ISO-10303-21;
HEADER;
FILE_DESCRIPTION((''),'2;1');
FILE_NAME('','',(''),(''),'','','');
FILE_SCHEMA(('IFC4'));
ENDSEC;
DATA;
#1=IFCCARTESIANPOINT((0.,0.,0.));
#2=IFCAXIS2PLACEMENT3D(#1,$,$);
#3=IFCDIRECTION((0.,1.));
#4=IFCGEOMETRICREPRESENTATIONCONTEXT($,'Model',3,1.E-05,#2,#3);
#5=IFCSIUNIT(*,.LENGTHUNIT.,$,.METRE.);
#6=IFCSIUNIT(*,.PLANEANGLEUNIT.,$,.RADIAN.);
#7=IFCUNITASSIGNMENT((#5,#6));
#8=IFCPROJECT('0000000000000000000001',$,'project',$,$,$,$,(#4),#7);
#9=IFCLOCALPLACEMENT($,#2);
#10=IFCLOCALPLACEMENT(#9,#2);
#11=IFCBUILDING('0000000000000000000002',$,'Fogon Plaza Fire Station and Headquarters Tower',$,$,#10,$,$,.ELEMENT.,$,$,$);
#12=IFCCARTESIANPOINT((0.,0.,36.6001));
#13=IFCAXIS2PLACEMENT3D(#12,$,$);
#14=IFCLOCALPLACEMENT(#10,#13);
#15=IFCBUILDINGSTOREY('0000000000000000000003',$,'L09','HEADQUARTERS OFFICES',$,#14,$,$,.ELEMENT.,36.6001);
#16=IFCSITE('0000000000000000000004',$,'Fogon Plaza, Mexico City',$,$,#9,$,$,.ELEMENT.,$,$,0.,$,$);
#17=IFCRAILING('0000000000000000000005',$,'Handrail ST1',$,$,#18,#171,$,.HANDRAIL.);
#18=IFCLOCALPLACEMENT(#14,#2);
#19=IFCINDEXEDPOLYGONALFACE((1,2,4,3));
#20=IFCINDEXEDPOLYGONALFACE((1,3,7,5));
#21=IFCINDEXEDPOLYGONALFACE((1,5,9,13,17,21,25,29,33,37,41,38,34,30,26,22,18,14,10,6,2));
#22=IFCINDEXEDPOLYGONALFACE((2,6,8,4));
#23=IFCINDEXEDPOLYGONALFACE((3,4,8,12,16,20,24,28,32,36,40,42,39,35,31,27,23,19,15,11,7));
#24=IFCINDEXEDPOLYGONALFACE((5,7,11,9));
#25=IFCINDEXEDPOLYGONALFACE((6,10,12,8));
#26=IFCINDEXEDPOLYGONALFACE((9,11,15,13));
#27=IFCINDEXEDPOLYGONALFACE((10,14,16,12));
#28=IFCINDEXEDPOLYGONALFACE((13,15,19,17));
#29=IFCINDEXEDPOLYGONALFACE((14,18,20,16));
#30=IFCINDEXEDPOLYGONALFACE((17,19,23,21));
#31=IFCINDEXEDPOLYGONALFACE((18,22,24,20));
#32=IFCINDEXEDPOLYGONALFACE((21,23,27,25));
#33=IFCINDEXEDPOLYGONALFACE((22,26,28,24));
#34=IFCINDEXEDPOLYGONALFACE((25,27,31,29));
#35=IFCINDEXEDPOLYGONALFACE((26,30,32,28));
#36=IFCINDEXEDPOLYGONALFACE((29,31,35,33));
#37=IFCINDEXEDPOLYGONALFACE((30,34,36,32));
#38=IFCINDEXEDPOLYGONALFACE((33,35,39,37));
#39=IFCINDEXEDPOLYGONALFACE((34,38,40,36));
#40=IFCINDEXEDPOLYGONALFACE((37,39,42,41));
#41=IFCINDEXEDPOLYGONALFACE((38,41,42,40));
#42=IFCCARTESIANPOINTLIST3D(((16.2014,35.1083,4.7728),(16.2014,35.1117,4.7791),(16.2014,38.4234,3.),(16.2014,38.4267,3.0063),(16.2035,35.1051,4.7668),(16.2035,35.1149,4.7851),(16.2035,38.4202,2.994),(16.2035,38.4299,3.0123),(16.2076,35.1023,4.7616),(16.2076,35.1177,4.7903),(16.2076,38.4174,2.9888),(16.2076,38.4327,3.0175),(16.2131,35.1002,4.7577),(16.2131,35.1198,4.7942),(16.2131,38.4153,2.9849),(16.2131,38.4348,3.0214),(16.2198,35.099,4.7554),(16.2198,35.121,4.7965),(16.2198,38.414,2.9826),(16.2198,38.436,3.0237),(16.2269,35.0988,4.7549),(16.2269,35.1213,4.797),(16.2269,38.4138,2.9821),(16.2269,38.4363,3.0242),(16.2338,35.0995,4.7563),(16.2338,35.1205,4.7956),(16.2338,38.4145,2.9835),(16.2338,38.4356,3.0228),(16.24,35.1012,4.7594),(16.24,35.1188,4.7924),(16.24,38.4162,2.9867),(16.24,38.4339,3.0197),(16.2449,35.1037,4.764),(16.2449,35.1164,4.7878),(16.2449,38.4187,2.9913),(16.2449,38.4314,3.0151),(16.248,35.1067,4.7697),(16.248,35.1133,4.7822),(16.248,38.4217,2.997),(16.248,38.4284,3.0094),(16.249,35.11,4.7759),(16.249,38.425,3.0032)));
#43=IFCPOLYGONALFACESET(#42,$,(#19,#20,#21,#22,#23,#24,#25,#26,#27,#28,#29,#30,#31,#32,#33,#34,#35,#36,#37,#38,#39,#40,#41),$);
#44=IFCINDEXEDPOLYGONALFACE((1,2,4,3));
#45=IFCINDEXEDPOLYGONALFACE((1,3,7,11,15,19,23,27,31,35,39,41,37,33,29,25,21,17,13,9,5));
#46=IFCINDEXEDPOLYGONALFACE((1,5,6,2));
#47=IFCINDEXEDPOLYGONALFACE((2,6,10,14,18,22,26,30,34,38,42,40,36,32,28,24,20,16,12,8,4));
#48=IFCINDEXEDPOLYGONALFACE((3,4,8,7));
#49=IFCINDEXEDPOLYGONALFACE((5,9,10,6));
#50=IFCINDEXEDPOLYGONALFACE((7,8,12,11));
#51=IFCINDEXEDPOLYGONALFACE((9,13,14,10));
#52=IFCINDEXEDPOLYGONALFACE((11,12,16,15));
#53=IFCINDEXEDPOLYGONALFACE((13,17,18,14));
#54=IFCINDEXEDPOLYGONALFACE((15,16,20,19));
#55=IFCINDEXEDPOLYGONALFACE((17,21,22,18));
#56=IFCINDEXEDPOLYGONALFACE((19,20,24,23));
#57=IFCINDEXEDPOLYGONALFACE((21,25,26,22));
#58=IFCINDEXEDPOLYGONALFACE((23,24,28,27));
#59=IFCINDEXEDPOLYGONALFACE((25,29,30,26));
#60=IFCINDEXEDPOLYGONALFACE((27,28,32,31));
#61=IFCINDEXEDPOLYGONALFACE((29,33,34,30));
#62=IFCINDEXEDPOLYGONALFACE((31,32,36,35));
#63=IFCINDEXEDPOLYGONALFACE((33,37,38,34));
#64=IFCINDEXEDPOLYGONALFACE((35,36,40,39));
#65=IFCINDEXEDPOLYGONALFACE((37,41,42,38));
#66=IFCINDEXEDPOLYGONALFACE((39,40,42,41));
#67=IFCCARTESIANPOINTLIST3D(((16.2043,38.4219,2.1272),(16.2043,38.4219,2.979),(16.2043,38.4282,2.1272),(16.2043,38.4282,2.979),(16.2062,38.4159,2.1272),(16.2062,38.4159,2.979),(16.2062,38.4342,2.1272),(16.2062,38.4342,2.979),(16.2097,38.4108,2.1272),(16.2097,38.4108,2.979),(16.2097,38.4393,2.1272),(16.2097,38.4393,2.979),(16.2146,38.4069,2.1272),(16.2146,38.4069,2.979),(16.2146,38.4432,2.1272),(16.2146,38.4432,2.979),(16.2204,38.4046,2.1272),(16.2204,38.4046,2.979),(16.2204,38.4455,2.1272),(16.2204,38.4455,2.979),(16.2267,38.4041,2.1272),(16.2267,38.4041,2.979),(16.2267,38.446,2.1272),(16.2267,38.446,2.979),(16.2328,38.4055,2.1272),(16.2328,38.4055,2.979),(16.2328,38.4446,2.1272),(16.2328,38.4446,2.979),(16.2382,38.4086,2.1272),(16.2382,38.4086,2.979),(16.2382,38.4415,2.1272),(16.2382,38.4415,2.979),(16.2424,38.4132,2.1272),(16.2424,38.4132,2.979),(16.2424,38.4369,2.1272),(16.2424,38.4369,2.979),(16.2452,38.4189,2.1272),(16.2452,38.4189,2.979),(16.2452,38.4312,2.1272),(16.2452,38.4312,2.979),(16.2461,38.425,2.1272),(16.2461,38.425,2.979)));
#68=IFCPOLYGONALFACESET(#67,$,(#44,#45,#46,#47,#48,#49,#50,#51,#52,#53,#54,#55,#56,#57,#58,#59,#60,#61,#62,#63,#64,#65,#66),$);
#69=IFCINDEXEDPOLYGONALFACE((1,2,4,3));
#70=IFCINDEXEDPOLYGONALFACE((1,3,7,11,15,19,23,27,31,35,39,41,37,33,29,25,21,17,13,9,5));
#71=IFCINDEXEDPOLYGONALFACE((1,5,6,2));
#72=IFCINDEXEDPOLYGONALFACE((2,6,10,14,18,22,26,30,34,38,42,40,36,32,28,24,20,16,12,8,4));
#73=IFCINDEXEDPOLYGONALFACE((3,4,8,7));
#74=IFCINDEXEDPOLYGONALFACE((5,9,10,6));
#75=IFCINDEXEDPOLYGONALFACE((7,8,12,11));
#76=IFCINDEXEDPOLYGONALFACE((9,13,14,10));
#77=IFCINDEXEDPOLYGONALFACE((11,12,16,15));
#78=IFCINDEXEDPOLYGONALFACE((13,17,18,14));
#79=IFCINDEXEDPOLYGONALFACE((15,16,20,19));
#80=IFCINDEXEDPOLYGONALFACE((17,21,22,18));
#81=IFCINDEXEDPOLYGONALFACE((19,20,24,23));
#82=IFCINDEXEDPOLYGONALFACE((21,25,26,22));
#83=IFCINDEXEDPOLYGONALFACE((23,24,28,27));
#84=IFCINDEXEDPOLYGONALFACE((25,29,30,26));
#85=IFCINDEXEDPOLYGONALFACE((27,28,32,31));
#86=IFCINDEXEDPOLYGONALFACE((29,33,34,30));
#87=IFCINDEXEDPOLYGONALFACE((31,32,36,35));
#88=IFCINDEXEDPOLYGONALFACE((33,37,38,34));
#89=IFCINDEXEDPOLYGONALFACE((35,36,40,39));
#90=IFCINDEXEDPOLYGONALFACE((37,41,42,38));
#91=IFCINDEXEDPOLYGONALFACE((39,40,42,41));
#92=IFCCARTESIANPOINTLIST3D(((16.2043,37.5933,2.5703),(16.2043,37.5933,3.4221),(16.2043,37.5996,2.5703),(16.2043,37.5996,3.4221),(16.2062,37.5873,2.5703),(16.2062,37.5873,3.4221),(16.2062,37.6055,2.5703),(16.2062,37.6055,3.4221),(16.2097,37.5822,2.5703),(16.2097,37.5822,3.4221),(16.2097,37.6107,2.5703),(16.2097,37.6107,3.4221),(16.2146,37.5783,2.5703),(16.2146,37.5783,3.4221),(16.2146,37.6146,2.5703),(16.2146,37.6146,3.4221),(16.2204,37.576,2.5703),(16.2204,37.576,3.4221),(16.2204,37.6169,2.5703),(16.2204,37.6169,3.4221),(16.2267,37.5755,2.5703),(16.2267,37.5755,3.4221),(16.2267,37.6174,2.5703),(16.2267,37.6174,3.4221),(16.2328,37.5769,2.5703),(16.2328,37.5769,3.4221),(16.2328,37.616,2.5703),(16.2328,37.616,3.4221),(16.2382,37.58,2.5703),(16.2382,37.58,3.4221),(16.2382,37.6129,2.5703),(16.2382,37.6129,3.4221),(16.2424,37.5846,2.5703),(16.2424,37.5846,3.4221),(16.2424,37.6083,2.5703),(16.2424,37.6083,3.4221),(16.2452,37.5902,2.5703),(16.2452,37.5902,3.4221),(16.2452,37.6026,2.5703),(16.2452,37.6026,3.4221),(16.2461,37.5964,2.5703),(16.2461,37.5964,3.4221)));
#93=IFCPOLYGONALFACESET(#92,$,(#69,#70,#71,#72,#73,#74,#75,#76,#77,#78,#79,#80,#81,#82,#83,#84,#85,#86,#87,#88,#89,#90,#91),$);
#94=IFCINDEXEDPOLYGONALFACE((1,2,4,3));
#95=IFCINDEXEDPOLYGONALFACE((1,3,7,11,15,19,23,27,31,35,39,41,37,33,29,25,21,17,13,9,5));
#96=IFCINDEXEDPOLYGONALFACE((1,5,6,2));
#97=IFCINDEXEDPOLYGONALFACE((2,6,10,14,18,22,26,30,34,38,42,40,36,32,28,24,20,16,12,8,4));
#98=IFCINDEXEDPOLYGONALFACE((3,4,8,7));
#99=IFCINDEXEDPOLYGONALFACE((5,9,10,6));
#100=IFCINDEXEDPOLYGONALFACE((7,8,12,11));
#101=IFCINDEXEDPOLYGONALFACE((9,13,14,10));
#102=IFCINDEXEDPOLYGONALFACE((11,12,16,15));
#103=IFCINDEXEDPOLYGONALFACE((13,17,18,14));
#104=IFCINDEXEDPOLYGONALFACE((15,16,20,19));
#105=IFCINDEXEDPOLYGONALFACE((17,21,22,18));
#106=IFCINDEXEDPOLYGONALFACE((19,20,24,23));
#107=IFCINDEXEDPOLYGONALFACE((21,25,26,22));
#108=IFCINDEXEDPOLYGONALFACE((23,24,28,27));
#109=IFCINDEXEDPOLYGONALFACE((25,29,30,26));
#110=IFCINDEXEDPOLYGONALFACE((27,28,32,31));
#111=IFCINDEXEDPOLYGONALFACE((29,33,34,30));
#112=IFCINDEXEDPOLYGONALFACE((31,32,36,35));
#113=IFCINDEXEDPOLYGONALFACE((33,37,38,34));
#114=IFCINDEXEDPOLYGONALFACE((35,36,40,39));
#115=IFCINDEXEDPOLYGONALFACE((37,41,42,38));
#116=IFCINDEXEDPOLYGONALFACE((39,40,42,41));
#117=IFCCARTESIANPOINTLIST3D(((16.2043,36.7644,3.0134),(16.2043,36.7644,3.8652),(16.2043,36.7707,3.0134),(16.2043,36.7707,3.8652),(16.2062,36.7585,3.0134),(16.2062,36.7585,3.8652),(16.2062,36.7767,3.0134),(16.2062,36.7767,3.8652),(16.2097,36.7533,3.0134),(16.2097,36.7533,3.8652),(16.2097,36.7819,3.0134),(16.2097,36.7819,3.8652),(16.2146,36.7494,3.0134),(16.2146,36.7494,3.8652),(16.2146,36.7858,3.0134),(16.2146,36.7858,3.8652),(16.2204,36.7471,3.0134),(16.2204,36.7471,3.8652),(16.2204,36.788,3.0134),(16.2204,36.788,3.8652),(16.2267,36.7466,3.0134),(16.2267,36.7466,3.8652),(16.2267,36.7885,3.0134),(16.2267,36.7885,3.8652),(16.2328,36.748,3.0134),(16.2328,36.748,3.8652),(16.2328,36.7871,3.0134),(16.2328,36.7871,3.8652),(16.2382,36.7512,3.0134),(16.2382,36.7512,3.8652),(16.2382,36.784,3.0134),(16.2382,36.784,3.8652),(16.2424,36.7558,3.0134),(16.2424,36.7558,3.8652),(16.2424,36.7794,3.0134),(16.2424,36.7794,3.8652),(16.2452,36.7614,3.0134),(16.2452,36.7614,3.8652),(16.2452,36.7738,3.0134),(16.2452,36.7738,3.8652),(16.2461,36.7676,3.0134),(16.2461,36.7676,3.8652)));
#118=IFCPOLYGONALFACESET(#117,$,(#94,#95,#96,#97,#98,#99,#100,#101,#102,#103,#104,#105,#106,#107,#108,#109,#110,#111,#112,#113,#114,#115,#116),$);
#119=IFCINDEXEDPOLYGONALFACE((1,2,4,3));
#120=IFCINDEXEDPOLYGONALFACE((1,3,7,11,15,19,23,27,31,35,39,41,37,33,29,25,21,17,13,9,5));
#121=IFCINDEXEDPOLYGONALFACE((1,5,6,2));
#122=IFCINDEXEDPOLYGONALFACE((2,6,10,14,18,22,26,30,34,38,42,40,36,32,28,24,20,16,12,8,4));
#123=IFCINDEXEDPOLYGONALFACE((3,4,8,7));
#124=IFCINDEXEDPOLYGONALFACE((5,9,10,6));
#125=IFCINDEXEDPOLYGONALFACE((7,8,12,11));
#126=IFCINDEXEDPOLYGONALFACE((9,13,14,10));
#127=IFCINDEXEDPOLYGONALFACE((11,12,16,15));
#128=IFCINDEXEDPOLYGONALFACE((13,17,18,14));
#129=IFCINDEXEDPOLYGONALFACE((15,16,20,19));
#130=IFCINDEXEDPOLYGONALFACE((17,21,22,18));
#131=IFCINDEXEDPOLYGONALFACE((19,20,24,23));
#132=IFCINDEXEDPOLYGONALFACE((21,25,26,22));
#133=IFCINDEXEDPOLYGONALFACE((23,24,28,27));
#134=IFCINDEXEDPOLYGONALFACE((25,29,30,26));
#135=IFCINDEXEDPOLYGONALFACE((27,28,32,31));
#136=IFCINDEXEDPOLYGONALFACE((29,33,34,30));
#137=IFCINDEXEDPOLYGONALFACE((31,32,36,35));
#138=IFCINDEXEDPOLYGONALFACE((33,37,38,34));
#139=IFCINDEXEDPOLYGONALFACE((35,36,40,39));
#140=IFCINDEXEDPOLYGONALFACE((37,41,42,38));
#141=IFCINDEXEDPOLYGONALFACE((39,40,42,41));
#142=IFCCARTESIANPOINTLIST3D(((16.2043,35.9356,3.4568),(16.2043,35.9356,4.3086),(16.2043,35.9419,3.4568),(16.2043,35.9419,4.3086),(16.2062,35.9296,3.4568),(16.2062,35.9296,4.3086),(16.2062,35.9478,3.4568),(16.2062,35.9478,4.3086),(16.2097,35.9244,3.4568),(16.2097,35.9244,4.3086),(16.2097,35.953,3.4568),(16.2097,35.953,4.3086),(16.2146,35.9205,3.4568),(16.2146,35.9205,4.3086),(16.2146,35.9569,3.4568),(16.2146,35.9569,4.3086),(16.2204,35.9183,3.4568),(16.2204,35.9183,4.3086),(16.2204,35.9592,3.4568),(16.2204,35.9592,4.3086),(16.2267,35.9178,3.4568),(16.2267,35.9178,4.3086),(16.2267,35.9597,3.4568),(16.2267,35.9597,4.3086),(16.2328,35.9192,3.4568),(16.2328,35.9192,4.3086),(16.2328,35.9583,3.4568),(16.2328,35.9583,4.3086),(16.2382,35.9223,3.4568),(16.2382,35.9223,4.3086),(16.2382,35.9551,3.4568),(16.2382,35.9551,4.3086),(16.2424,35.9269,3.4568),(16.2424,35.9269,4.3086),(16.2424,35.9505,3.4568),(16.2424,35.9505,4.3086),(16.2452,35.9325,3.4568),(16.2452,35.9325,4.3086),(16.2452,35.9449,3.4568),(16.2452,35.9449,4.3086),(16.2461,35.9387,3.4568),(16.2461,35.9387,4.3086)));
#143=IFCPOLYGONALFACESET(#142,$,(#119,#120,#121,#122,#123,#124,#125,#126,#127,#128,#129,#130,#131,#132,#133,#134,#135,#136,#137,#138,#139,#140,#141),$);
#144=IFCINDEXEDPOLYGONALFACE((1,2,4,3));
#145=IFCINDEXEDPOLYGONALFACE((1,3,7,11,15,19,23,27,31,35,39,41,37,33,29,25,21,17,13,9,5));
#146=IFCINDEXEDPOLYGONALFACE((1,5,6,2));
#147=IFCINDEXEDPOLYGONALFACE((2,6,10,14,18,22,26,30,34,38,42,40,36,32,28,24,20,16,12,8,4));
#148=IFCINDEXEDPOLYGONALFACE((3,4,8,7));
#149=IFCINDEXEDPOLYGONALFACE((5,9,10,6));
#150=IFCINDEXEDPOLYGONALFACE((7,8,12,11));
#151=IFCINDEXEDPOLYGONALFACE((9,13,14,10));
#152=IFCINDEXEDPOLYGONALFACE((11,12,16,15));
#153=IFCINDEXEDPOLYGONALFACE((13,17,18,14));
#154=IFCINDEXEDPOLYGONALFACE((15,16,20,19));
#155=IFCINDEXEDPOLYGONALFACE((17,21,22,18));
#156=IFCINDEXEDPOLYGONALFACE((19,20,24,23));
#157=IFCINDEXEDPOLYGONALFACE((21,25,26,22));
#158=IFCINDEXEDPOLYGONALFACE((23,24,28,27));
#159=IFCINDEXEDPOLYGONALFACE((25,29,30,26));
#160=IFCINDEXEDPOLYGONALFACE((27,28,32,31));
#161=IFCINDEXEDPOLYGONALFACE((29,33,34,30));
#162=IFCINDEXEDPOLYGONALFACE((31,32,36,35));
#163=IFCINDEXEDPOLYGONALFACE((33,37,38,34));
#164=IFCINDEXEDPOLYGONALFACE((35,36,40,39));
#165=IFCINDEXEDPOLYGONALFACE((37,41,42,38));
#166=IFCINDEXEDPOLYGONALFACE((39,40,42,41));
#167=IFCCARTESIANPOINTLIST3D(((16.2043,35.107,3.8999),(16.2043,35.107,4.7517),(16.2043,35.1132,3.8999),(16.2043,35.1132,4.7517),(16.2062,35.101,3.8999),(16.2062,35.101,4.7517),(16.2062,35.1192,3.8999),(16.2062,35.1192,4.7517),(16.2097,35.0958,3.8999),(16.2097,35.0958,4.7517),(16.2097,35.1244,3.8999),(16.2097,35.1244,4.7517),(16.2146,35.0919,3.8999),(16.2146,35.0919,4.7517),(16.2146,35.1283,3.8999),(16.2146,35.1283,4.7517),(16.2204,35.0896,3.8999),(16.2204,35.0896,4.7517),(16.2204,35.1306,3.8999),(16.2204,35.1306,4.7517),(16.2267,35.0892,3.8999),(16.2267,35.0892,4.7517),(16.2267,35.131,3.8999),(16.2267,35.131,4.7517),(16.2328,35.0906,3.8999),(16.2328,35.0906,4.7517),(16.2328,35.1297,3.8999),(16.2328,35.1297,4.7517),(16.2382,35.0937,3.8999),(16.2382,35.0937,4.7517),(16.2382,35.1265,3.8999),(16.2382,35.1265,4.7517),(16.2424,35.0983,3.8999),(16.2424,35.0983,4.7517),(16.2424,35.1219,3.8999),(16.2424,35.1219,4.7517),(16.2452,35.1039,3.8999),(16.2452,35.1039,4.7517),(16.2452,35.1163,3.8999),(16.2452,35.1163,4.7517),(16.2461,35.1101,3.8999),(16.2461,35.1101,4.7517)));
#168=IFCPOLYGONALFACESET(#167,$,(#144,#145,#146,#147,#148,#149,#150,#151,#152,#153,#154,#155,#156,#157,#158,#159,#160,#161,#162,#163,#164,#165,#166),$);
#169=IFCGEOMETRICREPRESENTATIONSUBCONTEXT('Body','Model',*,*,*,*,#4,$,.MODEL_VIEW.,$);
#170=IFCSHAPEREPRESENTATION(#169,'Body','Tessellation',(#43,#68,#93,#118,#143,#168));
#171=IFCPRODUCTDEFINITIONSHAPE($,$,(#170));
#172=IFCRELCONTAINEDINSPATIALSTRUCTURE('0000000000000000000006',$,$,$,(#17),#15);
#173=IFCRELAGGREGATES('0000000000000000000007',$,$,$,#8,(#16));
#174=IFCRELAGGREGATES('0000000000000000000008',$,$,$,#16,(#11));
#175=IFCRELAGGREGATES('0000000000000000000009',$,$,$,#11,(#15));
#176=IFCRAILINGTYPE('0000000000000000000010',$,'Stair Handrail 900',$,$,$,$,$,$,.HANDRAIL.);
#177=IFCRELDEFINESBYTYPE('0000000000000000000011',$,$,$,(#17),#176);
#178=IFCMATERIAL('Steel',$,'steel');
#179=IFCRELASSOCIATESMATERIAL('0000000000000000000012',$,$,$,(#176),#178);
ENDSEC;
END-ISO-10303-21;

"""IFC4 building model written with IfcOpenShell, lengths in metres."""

from ifc_helpers import new_model, si_unit, direction, frame, origin, origin_2d, place, context, subcontext, project, spatial, circle, extrude, material, type_object, element, save


model = new_model("IFC4")

# Units and contexts
model_context = context("Model", 3, precision=1e-05, world=origin(), true_north=direction((0.0, 1.0)))
body_context = subcontext(model_context, "Body", "Model", "MODEL_VIEW")
ifc_project = project(units=[si_unit("LENGTHUNIT", "METRE"), si_unit("PLANEANGLEUNIT", "RADIAN")], contexts=[model_context])

# Site, building, storey
site_placement = place(None, origin())
site = spatial("IfcSite", under=ifc_project, at=site_placement, Name="Fogon Plaza, Mexico City", CompositionType="ELEMENT", RefElevation=0.0)
building_placement = place(site_placement, origin())
building = spatial("IfcBuilding", under=site, at=building_placement, Name="Fogon Plaza Fire Station and Headquarters Tower", CompositionType="ELEMENT")
storey_placement = place(building_placement, frame((0.0, 0.0, 36.6001)))
storey = spatial("IfcBuildingStorey", under=building, at=storey_placement, Name="L09", Description="HEADQUARTERS OFFICES", CompositionType="ELEMENT", Elevation=36.6001)

# Railing
ifc_material_1 = material(Name="Steel", Category="steel")
railing_type = type_object("IfcRailingType", Name="Stair Handrail 900", PredefinedType="HANDRAIL", material=ifc_material_1)
for number, where, name in (
    (1, (16.2251, 38.425, 2.1272), "Handrail ST1"),
):
    element("IfcRailing", number, at=place(storey_placement, frame(where)), inside=storey, type_object=railing_type, Name=name, PredefinedType="HANDRAIL", context=body_context, shape_type="SweptSolid", body=[
        extrude(circle(Radius=0.0239, at=origin_2d()), frame((0.0, 0.0, 0.876), z_axis=(0.0, -0.881829, 0.471569), x_axis=(1.0, 0.0, 0.0)), (0.0, 0.0, 1.0), 3.7593),
        extrude(circle(Radius=0.021, at=origin_2d()), origin(), (0.0, 0.0, 1.0), 0.8518),
        extrude(circle(Radius=0.021, at=origin_2d()), frame((0.0, -0.8286, 0.4431)), (0.0, 0.0, 1.0), 0.8518),
        extrude(circle(Radius=0.021, at=origin_2d()), frame((0.0, -1.6575, 0.8862)), (0.0, 0.0, 1.0), 0.8518),
        extrude(circle(Radius=0.021, at=origin_2d()), frame((0.0, -2.4863, 1.3296)), (0.0, 0.0, 1.0), 0.8518),
        extrude(circle(Radius=0.021, at=origin_2d()), frame((0.0, -3.3149, 1.7727)), (0.0, 0.0, 1.0), 0.8518),
    ])

save(model, "model.ifc")
